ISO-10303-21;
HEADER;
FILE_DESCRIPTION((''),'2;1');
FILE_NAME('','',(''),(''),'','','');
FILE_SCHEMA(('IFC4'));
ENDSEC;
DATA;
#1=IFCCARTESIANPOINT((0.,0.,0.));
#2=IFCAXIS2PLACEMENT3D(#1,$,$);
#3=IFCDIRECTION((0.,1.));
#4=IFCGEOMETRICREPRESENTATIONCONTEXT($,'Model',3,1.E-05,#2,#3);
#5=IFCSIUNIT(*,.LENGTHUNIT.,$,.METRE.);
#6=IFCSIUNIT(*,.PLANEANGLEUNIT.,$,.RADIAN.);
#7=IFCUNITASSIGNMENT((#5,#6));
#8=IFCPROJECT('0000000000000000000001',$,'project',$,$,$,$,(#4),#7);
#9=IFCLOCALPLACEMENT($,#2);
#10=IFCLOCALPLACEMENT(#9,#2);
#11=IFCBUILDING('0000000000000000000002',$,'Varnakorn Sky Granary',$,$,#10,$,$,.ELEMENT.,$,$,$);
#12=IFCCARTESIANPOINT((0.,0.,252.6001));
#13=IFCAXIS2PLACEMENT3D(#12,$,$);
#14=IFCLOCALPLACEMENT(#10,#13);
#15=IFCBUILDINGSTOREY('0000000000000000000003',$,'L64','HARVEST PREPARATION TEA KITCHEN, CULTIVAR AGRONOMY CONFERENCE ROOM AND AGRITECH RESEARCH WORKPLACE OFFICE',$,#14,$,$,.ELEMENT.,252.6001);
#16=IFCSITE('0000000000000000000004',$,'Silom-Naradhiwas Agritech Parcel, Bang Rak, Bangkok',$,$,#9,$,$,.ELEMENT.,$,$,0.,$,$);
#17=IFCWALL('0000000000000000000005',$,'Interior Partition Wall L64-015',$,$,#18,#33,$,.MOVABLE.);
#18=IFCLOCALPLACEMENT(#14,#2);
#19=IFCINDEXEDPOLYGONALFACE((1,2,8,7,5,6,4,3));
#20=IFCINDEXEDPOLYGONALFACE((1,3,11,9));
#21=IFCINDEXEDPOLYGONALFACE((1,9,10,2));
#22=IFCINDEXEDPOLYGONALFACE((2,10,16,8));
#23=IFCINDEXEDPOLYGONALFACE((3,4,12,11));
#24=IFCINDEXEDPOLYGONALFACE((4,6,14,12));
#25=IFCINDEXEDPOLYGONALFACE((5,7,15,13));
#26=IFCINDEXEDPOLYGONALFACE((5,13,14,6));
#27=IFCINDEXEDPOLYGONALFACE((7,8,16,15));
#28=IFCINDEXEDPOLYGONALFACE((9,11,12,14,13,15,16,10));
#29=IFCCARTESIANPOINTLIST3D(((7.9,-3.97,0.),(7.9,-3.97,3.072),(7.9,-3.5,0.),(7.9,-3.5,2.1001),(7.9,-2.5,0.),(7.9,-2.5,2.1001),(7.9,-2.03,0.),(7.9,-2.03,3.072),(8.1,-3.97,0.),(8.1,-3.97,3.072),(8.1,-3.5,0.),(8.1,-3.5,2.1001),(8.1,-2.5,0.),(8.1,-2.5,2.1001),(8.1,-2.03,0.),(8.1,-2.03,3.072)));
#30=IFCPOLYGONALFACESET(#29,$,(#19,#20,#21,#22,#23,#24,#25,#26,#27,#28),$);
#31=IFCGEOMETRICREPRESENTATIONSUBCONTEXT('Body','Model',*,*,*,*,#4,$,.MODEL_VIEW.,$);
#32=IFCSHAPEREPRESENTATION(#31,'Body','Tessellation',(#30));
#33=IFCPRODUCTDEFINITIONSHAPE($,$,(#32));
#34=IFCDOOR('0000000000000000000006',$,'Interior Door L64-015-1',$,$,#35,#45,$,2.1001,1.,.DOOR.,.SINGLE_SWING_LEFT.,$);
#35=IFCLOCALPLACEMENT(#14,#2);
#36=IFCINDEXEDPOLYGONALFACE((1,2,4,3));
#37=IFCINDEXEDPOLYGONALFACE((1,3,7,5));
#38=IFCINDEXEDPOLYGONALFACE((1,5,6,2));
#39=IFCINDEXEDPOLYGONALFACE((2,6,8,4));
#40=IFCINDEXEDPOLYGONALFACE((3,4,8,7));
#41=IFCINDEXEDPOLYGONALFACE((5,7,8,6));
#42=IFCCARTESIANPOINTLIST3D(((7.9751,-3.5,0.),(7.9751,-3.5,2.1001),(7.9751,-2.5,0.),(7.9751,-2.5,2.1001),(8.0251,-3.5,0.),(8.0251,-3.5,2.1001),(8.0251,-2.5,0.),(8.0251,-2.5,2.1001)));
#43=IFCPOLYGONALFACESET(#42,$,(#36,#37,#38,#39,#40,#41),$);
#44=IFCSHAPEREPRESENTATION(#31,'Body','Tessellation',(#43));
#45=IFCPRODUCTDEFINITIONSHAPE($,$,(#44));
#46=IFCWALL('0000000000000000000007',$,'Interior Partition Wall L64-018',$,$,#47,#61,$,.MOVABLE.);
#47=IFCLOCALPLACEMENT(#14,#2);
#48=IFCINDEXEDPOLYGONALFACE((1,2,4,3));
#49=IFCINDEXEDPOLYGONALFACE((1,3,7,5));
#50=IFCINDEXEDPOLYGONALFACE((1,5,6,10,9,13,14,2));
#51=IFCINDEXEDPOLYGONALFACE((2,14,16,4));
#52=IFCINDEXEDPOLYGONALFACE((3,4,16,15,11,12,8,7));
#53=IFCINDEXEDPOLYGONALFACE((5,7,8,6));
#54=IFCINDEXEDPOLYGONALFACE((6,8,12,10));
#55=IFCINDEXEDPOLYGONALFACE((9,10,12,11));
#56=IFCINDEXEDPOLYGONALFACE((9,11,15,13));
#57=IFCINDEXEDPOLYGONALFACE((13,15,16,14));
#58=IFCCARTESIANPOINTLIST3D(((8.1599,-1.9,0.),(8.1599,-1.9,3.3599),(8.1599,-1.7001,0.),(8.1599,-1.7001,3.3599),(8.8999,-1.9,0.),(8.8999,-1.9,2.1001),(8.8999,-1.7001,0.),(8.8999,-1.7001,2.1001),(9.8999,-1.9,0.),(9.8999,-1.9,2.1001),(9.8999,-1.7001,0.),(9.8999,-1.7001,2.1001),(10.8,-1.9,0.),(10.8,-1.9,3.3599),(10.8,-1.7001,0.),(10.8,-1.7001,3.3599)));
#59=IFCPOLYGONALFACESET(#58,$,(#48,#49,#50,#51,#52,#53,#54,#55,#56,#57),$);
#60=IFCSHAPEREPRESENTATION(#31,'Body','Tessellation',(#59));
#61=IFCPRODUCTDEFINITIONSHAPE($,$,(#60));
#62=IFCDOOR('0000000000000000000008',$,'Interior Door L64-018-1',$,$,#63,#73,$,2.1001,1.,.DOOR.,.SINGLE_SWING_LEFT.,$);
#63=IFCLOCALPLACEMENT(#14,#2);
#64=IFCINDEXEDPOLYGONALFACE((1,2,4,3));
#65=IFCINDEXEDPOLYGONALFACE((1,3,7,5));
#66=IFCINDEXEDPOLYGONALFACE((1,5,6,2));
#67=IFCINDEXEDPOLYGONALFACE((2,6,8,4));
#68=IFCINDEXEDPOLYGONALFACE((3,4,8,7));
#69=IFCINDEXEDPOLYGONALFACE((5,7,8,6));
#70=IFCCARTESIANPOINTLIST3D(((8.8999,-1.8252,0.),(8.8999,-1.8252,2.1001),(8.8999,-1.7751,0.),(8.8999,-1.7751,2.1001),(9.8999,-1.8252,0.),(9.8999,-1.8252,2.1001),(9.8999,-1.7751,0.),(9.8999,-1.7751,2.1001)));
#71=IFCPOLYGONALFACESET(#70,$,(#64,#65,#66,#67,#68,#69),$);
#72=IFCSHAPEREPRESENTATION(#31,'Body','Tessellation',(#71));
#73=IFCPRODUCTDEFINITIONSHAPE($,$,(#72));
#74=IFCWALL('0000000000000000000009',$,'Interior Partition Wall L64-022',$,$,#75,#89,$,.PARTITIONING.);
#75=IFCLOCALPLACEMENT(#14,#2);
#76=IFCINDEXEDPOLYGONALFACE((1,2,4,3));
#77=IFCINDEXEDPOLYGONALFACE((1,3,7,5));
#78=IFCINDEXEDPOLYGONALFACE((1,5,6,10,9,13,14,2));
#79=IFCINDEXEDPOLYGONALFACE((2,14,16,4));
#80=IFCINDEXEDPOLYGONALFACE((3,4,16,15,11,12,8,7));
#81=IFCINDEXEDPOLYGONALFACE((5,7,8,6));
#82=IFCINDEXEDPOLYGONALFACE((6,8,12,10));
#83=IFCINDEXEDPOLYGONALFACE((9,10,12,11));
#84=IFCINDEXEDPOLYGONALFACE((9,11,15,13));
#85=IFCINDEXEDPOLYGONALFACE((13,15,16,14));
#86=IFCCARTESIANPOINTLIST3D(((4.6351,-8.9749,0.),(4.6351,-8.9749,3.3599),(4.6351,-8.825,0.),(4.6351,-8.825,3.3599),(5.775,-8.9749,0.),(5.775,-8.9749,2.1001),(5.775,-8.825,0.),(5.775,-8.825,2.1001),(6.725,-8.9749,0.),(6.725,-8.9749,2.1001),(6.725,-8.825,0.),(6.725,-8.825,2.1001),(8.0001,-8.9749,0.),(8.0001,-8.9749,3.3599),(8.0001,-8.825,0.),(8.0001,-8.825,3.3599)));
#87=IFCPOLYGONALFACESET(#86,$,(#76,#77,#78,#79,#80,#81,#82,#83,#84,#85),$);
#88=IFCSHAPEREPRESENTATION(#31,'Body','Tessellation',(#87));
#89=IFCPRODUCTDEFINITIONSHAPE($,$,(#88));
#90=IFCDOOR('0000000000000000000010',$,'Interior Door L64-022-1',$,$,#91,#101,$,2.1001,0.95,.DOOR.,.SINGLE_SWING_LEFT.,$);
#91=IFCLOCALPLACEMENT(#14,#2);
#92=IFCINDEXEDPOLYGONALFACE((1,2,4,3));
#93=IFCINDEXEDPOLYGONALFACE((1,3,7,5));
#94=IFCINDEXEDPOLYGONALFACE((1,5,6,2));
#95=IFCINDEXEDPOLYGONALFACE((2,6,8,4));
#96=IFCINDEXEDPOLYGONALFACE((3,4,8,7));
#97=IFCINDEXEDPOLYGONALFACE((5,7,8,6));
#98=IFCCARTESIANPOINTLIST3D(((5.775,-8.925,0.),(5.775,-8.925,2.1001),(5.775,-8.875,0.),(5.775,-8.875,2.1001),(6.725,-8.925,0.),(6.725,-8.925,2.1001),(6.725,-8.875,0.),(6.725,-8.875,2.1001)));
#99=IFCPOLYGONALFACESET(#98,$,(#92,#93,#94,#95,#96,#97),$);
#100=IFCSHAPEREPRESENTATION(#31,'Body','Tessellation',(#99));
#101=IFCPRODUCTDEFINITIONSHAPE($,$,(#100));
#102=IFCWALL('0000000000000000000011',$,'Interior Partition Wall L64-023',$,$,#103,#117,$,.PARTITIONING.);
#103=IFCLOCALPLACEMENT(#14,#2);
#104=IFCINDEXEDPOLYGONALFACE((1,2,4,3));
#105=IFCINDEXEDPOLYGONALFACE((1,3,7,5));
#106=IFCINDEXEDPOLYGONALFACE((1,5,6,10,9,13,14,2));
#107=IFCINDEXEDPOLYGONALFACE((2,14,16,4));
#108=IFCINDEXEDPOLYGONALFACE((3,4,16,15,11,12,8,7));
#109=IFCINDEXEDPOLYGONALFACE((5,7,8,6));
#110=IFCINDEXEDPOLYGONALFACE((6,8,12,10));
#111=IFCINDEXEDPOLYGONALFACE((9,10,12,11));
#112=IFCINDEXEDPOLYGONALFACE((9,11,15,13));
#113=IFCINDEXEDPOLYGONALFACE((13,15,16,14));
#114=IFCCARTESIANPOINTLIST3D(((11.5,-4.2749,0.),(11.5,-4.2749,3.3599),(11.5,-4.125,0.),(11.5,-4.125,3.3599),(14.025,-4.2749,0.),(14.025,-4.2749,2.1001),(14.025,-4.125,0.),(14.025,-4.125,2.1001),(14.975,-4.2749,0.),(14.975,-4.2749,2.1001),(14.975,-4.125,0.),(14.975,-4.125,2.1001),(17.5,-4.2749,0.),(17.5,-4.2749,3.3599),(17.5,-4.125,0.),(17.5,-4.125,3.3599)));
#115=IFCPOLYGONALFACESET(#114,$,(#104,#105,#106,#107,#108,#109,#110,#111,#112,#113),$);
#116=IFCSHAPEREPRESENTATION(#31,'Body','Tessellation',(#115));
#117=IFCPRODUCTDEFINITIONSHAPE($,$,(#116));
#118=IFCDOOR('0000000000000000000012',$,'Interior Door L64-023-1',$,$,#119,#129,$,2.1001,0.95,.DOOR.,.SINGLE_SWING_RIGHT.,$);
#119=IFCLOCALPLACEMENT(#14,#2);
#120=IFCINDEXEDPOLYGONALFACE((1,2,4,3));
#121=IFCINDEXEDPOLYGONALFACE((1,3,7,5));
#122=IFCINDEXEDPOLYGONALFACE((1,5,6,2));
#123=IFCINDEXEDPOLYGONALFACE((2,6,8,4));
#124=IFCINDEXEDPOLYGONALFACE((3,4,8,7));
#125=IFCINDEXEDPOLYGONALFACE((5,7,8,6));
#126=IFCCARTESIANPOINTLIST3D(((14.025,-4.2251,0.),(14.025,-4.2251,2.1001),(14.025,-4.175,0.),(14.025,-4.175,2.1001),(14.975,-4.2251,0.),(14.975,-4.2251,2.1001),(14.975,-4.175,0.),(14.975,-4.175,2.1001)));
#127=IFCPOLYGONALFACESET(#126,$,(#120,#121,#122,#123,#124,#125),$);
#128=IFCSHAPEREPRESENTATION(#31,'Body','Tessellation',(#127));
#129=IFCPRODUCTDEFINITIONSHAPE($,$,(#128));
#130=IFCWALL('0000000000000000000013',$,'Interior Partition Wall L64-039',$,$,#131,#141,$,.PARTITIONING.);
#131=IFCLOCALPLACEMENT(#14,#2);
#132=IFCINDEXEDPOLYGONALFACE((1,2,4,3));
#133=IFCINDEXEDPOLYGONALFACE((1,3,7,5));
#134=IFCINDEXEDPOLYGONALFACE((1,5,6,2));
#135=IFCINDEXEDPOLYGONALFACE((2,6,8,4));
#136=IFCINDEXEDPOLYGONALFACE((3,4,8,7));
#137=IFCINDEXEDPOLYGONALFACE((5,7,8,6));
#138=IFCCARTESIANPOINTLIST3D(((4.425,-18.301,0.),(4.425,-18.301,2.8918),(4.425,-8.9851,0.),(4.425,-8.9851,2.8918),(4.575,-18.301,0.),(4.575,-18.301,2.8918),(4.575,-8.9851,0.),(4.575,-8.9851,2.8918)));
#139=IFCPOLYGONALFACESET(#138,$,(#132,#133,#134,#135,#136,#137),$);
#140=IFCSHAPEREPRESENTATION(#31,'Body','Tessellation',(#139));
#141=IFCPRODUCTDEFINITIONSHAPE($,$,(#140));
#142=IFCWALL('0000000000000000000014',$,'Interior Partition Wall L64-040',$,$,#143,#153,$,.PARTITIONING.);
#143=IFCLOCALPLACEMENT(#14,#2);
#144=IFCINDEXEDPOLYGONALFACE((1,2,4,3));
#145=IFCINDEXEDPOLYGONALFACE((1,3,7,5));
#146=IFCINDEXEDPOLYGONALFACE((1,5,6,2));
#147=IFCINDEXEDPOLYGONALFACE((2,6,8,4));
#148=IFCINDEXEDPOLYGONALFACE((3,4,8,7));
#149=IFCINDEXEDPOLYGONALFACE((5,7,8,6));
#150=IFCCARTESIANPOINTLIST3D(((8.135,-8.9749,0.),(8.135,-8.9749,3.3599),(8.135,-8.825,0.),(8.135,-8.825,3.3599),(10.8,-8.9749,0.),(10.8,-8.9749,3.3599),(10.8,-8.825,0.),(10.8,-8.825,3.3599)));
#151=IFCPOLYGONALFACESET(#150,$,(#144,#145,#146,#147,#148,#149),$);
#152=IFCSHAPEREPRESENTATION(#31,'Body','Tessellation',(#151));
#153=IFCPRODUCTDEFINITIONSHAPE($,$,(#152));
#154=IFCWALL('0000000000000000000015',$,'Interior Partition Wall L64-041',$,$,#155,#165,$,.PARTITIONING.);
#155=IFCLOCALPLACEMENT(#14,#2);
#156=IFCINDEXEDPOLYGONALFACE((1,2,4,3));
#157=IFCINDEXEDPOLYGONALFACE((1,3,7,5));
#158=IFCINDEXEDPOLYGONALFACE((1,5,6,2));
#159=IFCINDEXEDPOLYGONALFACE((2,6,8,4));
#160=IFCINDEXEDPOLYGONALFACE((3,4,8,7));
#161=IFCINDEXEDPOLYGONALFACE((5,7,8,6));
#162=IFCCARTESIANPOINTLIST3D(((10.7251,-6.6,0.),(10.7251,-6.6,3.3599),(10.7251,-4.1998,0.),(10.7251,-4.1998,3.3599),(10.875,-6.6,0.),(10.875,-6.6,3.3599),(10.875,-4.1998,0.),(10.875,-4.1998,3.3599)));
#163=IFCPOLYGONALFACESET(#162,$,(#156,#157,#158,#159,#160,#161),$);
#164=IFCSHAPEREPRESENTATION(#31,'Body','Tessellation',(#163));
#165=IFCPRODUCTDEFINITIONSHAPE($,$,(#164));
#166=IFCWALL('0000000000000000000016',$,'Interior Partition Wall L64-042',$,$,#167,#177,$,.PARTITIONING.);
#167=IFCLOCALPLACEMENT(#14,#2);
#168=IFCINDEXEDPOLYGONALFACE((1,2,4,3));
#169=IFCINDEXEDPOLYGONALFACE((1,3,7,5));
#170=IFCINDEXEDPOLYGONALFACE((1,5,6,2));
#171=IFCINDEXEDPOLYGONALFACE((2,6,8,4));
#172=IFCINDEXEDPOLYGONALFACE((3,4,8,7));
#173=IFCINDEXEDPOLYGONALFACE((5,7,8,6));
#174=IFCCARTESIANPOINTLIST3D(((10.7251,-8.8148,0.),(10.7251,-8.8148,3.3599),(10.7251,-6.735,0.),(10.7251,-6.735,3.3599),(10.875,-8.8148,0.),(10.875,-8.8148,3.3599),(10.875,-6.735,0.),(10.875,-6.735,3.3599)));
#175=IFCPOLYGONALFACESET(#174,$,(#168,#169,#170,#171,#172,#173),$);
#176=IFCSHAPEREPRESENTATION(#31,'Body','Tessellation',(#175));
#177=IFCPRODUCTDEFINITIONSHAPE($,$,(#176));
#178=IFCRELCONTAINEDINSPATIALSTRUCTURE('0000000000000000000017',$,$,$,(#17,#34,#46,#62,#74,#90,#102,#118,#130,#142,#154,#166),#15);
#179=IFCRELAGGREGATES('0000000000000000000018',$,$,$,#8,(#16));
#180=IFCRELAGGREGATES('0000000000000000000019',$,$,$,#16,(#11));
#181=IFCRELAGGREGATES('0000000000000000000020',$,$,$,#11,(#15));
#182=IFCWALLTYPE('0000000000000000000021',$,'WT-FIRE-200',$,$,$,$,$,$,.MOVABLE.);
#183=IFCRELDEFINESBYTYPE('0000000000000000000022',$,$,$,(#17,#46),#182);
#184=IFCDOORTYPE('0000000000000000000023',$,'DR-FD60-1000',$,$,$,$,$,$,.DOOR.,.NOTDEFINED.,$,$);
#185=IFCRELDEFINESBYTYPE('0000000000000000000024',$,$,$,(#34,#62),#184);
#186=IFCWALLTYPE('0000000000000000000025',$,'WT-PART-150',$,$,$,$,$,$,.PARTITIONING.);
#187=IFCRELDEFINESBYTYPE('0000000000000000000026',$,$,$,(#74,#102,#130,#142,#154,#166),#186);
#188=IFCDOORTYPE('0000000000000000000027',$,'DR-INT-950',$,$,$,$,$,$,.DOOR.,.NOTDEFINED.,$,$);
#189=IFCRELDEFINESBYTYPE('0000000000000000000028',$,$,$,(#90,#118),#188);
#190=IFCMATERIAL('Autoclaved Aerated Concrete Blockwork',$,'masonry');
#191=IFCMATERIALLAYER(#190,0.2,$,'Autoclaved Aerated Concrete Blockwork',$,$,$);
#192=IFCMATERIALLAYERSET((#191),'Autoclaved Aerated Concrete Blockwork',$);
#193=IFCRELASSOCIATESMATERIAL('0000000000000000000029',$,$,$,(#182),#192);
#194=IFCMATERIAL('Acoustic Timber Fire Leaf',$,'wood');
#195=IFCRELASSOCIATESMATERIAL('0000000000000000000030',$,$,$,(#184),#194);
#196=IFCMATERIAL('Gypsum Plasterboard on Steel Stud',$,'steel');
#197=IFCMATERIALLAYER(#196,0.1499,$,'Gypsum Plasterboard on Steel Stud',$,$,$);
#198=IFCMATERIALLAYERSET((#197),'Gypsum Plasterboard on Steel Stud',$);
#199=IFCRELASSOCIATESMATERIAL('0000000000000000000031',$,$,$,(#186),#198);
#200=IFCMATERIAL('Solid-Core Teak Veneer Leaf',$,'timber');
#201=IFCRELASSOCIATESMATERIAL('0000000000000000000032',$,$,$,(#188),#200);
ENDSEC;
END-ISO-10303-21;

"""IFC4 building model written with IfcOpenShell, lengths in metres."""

from ifc_helpers import new_model, si_unit, direction, frame, frame_2d, origin, place, context, subcontext, project, spatial, rectangle, extrude, material, layer, layer_set, type_object, element, fill, save


model = new_model("IFC4")

# Units and contexts
model_context = context("Model", 3, precision=1e-05, world=origin(), true_north=direction((0.0, 1.0)))
body_context = subcontext(model_context, "Body", "Model", "MODEL_VIEW")
ifc_project = project(units=[si_unit("LENGTHUNIT", "METRE"), si_unit("PLANEANGLEUNIT", "RADIAN")], contexts=[model_context])

# Site, building, storey
site_placement = place(None, origin())
site = spatial("IfcSite", under=ifc_project, at=site_placement, Name="Silom-Naradhiwas Agritech Parcel, Bang Rak, Bangkok", CompositionType="ELEMENT", RefElevation=0.0)
building_placement = place(site_placement, origin())
building = spatial("IfcBuilding", under=site, at=building_placement, Name="Varnakorn Sky Granary", CompositionType="ELEMENT")
storey_placement = place(building_placement, frame((0.0, 0.0, 252.6001)))
storey = spatial("IfcBuildingStorey", under=building, at=storey_placement, Name="L64", Description="HARVEST PREPARATION TEA KITCHEN, CULTIVAR AGRONOMY CONFERENCE ROOM AND AGRITECH RESEARCH WORKPLACE OFFICE", CompositionType="ELEMENT", Elevation=252.6001)

# Walls, openings, doors
ifc_material_1 = material(Name="Autoclaved Aerated Concrete Blockwork", Category="masonry")
ifc_layer_1 = layer(ifc_material_1, 0.2, Name="Autoclaved Aerated Concrete Blockwork")
ifc_layer_set_1 = layer_set([ifc_layer_1], Name="Autoclaved Aerated Concrete Blockwork")
wall_type_1 = type_object("IfcWallType", Name="WT-FIRE-200", PredefinedType="MOVABLE", material=ifc_layer_set_1)
wall_1_placement = place(storey_placement, frame((8.0, -3.97, 0.0), z_axis=(0.0, 0.0, 1.0), x_axis=(0.0, 1.0, 0.0)))
wall_1 = element("IfcWall", 1, at=wall_1_placement, inside=storey, type_object=wall_type_1, Name="Interior Partition Wall L64-015", PredefinedType="MOVABLE", context=body_context, shape_type="SweptSolid", body=[
    extrude(rectangle(XDim=1.9399, YDim=0.2, at=frame_2d((0.97, 0.0))), origin(), (0.0, 0.0, 1.0), 3.072),
])
opening_1_placement = place(wall_1_placement, frame((0.47, 0.0, 0.0)))
opening_1 = element("IfcOpeningElement", 2, at=opening_1_placement, cuts=wall_1, PredefinedType="OPENING", context=body_context, shape_type="SweptSolid", body=[
    extrude(rectangle(XDim=1.0, YDim=2.1001, at=frame_2d((0.5, 1.05))), frame((0.0, 0.1099, 0.0), z_axis=(0.0, -1.0, 0.0), x_axis=(1.0, 0.0, 0.0)), (0.0, 0.0, 1.0), 0.22),
])
ifc_material_2 = material(Name="Acoustic Timber Fire Leaf", Category="wood")
door_type_1 = type_object("IfcDoorType", Name="DR-FD60-1000", OperationType="NOTDEFINED", PredefinedType="DOOR", material=ifc_material_2)
door_1_placement = place(opening_1_placement, origin())
door_1 = element("IfcDoor", 3, at=door_1_placement, inside=storey, type_object=door_type_1, Name="Interior Door L64-015-1", OperationType="SINGLE_SWING_LEFT", OverallHeight=2.1001, OverallWidth=1.0, PredefinedType="DOOR", context=body_context, shape_type="SweptSolid", body=[
    extrude(rectangle(XDim=1.0, YDim=2.1001, at=frame_2d((0.5, 1.05))), frame((0.0, 0.0249, 0.0), z_axis=(0.0, -1.0, 0.0), x_axis=(1.0, 0.0, 0.0)), (0.0, 0.0, 1.0), 0.05),
])
fill(opening_1, door_1)
wall_2_placement = place(storey_placement, frame((8.1599, -1.8, 0.0), z_axis=(0.0, 0.0, 1.0), x_axis=(1.0, 0.0, 0.0)))
wall_2 = element("IfcWall", 4, at=wall_2_placement, inside=storey, type_object=wall_type_1, Name="Interior Partition Wall L64-018", PredefinedType="MOVABLE", context=body_context, shape_type="SweptSolid", body=[
    extrude(rectangle(XDim=2.6401, YDim=0.2, at=frame_2d((1.3201, 0.0))), origin(), (0.0, 0.0, 1.0), 3.3599),
])
opening_2_placement = place(wall_2_placement, frame((0.74, 0.0, 0.0)))
opening_2 = element("IfcOpeningElement", 5, at=opening_2_placement, cuts=wall_2, PredefinedType="OPENING", context=body_context, shape_type="SweptSolid", body=[
    extrude(rectangle(XDim=1.0, YDim=2.1001, at=frame_2d((0.5, 1.05))), frame((0.0, 0.1099, 0.0), z_axis=(0.0, -1.0, 0.0), x_axis=(1.0, 0.0, 0.0)), (0.0, 0.0, 1.0), 0.22),
])
door_2_placement = place(opening_2_placement, origin())
door_2 = element("IfcDoor", 6, at=door_2_placement, inside=storey, type_object=door_type_1, Name="Interior Door L64-018-1", OperationType="SINGLE_SWING_LEFT", OverallHeight=2.1001, OverallWidth=1.0, PredefinedType="DOOR", context=body_context, shape_type="SweptSolid", body=[
    extrude(rectangle(XDim=1.0, YDim=2.1001, at=frame_2d((0.5, 1.05))), frame((0.0, 0.0249, 0.0), z_axis=(0.0, -1.0, 0.0), x_axis=(1.0, 0.0, 0.0)), (0.0, 0.0, 1.0), 0.05),
])
fill(opening_2, door_2)
ifc_material_3 = material(Name="Gypsum Plasterboard on Steel Stud", Category="steel")
ifc_layer_2 = layer(ifc_material_3, 0.1499, Name="Gypsum Plasterboard on Steel Stud")
ifc_layer_set_2 = layer_set([ifc_layer_2], Name="Gypsum Plasterboard on Steel Stud")
wall_type_2 = type_object("IfcWallType", Name="WT-PART-150", PredefinedType="PARTITIONING", material=ifc_layer_set_2)
wall_3_placement = place(storey_placement, frame((4.635, -8.8999, 0.0), z_axis=(0.0, 0.0, 1.0), x_axis=(1.0, 0.0, 0.0)))
wall_3 = element("IfcWall", 7, at=wall_3_placement, inside=storey, type_object=wall_type_2, Name="Interior Partition Wall L64-022", PredefinedType="PARTITIONING", context=body_context, shape_type="SweptSolid", body=[
    extrude(rectangle(XDim=3.365, YDim=0.1499, at=frame_2d((1.6826, 0.0))), origin(), (0.0, 0.0, 1.0), 3.3599),
])
opening_3_placement = place(wall_3_placement, frame((1.1399, 0.0, 0.0)))
opening_3 = element("IfcOpeningElement", 8, at=opening_3_placement, cuts=wall_3, PredefinedType="OPENING", context=body_context, shape_type="SweptSolid", body=[
    extrude(rectangle(XDim=0.95, YDim=2.1001, at=frame_2d((0.4751, 1.05))), frame((0.0, 0.085, 0.0), z_axis=(0.0, -1.0, 0.0), x_axis=(1.0, 0.0, 0.0)), (0.0, 0.0, 1.0), 0.1699),
])
ifc_material_4 = material(Name="Solid-Core Teak Veneer Leaf", Category="timber")
door_type_2 = type_object("IfcDoorType", Name="DR-INT-950", OperationType="NOTDEFINED", PredefinedType="DOOR", material=ifc_material_4)
door_3_placement = place(opening_3_placement, origin())
door_3 = element("IfcDoor", 9, at=door_3_placement, inside=storey, type_object=door_type_2, Name="Interior Door L64-022-1", OperationType="SINGLE_SWING_LEFT", OverallHeight=2.1001, OverallWidth=0.95, PredefinedType="DOOR", context=body_context, shape_type="SweptSolid", body=[
    extrude(rectangle(XDim=0.95, YDim=2.1001, at=frame_2d((0.4751, 1.05))), frame((0.0, 0.0249, 0.0), z_axis=(0.0, -1.0, 0.0), x_axis=(1.0, 0.0, 0.0)), (0.0, 0.0, 1.0), 0.05),
])
fill(opening_3, door_3)
wall_4_placement = place(storey_placement, frame((11.5, -4.2, 0.0), z_axis=(0.0, 0.0, 1.0), x_axis=(1.0, 0.0, 0.0)))
wall_4 = element("IfcWall", 10, at=wall_4_placement, inside=storey, type_object=wall_type_2, Name="Interior Partition Wall L64-023", PredefinedType="PARTITIONING", context=body_context, shape_type="SweptSolid", body=[
    extrude(rectangle(XDim=6.0, YDim=0.1499, at=frame_2d((3.0, 0.0))), origin(), (0.0, 0.0, 1.0), 3.3599),
])
opening_4_placement = place(wall_4_placement, frame((2.5249, 0.0, 0.0)))
opening_4 = element("IfcOpeningElement", 11, at=opening_4_placement, cuts=wall_4, PredefinedType="OPENING", context=body_context, shape_type="SweptSolid", body=[
    extrude(rectangle(XDim=0.95, YDim=2.1001, at=frame_2d((0.4751, 1.05))), frame((0.0, 0.085, 0.0), z_axis=(0.0, -1.0, 0.0), x_axis=(1.0, 0.0, 0.0)), (0.0, 0.0, 1.0), 0.1699),
])
door_4_placement = place(opening_4_placement, origin())
door_4 = element("IfcDoor", 12, at=door_4_placement, inside=storey, type_object=door_type_2, Name="Interior Door L64-023-1", OperationType="SINGLE_SWING_RIGHT", OverallHeight=2.1001, OverallWidth=0.95, PredefinedType="DOOR", context=body_context, shape_type="SweptSolid", body=[
    extrude(rectangle(XDim=0.95, YDim=2.1001, at=frame_2d((0.4751, 1.05))), frame((0.0, 0.0249, 0.0), z_axis=(0.0, -1.0, 0.0), x_axis=(1.0, 0.0, 0.0)), (0.0, 0.0, 1.0), 0.05),
])
fill(opening_4, door_4)

# Walls
wall_5_placement = place(storey_placement, frame((4.5, -8.9851, 0.0), z_axis=(0.0, 0.0, 1.0), x_axis=(0.0, -1.0, 0.0)))
element("IfcWall", 13, at=wall_5_placement, inside=storey, type_object=wall_type_2, Name="Interior Partition Wall L64-039", PredefinedType="PARTITIONING", context=body_context, shape_type="SweptSolid", body=[
    extrude(rectangle(XDim=9.3159, YDim=0.1499, at=frame_2d((4.658, 0.0))), origin(), (0.0, 0.0, 1.0), 2.8918),
])
wall_6_placement = place(storey_placement, frame((8.135, -8.8999, 0.0), z_axis=(0.0, 0.0, 1.0), x_axis=(1.0, 0.0, 0.0)))
element("IfcWall", 14, at=wall_6_placement, inside=storey, type_object=wall_type_2, Name="Interior Partition Wall L64-040", PredefinedType="PARTITIONING", context=body_context, shape_type="SweptSolid", body=[
    extrude(rectangle(XDim=2.665, YDim=0.1499, at=frame_2d((1.3325, 0.0))), origin(), (0.0, 0.0, 1.0), 3.3599),
])
wall_7_placement = place(storey_placement, frame((10.8, -6.6001, 0.0), z_axis=(0.0, 0.0, 1.0), x_axis=(0.0, 1.0, 0.0)))
element("IfcWall", 15, at=wall_7_placement, inside=storey, type_object=wall_type_2, Name="Interior Partition Wall L64-041", PredefinedType="PARTITIONING", context=body_context, shape_type="SweptSolid", body=[
    extrude(rectangle(XDim=2.4001, YDim=0.1499, at=frame_2d((1.2002, 0.0))), origin(), (0.0, 0.0, 1.0), 3.3599),
])
wall_8_placement = place(storey_placement, frame((10.8, -8.8149, 0.0), z_axis=(0.0, 0.0, 1.0), x_axis=(0.0, 1.0, 0.0)))
element("IfcWall", 16, at=wall_8_placement, inside=storey, type_object=wall_type_2, Name="Interior Partition Wall L64-042", PredefinedType="PARTITIONING", context=body_context, shape_type="SweptSolid", body=[
    extrude(rectangle(XDim=2.0798, YDim=0.1499, at=frame_2d((1.04, 0.0))), origin(), (0.0, 0.0, 1.0), 3.3599),
])

save(model, "model.ifc")
